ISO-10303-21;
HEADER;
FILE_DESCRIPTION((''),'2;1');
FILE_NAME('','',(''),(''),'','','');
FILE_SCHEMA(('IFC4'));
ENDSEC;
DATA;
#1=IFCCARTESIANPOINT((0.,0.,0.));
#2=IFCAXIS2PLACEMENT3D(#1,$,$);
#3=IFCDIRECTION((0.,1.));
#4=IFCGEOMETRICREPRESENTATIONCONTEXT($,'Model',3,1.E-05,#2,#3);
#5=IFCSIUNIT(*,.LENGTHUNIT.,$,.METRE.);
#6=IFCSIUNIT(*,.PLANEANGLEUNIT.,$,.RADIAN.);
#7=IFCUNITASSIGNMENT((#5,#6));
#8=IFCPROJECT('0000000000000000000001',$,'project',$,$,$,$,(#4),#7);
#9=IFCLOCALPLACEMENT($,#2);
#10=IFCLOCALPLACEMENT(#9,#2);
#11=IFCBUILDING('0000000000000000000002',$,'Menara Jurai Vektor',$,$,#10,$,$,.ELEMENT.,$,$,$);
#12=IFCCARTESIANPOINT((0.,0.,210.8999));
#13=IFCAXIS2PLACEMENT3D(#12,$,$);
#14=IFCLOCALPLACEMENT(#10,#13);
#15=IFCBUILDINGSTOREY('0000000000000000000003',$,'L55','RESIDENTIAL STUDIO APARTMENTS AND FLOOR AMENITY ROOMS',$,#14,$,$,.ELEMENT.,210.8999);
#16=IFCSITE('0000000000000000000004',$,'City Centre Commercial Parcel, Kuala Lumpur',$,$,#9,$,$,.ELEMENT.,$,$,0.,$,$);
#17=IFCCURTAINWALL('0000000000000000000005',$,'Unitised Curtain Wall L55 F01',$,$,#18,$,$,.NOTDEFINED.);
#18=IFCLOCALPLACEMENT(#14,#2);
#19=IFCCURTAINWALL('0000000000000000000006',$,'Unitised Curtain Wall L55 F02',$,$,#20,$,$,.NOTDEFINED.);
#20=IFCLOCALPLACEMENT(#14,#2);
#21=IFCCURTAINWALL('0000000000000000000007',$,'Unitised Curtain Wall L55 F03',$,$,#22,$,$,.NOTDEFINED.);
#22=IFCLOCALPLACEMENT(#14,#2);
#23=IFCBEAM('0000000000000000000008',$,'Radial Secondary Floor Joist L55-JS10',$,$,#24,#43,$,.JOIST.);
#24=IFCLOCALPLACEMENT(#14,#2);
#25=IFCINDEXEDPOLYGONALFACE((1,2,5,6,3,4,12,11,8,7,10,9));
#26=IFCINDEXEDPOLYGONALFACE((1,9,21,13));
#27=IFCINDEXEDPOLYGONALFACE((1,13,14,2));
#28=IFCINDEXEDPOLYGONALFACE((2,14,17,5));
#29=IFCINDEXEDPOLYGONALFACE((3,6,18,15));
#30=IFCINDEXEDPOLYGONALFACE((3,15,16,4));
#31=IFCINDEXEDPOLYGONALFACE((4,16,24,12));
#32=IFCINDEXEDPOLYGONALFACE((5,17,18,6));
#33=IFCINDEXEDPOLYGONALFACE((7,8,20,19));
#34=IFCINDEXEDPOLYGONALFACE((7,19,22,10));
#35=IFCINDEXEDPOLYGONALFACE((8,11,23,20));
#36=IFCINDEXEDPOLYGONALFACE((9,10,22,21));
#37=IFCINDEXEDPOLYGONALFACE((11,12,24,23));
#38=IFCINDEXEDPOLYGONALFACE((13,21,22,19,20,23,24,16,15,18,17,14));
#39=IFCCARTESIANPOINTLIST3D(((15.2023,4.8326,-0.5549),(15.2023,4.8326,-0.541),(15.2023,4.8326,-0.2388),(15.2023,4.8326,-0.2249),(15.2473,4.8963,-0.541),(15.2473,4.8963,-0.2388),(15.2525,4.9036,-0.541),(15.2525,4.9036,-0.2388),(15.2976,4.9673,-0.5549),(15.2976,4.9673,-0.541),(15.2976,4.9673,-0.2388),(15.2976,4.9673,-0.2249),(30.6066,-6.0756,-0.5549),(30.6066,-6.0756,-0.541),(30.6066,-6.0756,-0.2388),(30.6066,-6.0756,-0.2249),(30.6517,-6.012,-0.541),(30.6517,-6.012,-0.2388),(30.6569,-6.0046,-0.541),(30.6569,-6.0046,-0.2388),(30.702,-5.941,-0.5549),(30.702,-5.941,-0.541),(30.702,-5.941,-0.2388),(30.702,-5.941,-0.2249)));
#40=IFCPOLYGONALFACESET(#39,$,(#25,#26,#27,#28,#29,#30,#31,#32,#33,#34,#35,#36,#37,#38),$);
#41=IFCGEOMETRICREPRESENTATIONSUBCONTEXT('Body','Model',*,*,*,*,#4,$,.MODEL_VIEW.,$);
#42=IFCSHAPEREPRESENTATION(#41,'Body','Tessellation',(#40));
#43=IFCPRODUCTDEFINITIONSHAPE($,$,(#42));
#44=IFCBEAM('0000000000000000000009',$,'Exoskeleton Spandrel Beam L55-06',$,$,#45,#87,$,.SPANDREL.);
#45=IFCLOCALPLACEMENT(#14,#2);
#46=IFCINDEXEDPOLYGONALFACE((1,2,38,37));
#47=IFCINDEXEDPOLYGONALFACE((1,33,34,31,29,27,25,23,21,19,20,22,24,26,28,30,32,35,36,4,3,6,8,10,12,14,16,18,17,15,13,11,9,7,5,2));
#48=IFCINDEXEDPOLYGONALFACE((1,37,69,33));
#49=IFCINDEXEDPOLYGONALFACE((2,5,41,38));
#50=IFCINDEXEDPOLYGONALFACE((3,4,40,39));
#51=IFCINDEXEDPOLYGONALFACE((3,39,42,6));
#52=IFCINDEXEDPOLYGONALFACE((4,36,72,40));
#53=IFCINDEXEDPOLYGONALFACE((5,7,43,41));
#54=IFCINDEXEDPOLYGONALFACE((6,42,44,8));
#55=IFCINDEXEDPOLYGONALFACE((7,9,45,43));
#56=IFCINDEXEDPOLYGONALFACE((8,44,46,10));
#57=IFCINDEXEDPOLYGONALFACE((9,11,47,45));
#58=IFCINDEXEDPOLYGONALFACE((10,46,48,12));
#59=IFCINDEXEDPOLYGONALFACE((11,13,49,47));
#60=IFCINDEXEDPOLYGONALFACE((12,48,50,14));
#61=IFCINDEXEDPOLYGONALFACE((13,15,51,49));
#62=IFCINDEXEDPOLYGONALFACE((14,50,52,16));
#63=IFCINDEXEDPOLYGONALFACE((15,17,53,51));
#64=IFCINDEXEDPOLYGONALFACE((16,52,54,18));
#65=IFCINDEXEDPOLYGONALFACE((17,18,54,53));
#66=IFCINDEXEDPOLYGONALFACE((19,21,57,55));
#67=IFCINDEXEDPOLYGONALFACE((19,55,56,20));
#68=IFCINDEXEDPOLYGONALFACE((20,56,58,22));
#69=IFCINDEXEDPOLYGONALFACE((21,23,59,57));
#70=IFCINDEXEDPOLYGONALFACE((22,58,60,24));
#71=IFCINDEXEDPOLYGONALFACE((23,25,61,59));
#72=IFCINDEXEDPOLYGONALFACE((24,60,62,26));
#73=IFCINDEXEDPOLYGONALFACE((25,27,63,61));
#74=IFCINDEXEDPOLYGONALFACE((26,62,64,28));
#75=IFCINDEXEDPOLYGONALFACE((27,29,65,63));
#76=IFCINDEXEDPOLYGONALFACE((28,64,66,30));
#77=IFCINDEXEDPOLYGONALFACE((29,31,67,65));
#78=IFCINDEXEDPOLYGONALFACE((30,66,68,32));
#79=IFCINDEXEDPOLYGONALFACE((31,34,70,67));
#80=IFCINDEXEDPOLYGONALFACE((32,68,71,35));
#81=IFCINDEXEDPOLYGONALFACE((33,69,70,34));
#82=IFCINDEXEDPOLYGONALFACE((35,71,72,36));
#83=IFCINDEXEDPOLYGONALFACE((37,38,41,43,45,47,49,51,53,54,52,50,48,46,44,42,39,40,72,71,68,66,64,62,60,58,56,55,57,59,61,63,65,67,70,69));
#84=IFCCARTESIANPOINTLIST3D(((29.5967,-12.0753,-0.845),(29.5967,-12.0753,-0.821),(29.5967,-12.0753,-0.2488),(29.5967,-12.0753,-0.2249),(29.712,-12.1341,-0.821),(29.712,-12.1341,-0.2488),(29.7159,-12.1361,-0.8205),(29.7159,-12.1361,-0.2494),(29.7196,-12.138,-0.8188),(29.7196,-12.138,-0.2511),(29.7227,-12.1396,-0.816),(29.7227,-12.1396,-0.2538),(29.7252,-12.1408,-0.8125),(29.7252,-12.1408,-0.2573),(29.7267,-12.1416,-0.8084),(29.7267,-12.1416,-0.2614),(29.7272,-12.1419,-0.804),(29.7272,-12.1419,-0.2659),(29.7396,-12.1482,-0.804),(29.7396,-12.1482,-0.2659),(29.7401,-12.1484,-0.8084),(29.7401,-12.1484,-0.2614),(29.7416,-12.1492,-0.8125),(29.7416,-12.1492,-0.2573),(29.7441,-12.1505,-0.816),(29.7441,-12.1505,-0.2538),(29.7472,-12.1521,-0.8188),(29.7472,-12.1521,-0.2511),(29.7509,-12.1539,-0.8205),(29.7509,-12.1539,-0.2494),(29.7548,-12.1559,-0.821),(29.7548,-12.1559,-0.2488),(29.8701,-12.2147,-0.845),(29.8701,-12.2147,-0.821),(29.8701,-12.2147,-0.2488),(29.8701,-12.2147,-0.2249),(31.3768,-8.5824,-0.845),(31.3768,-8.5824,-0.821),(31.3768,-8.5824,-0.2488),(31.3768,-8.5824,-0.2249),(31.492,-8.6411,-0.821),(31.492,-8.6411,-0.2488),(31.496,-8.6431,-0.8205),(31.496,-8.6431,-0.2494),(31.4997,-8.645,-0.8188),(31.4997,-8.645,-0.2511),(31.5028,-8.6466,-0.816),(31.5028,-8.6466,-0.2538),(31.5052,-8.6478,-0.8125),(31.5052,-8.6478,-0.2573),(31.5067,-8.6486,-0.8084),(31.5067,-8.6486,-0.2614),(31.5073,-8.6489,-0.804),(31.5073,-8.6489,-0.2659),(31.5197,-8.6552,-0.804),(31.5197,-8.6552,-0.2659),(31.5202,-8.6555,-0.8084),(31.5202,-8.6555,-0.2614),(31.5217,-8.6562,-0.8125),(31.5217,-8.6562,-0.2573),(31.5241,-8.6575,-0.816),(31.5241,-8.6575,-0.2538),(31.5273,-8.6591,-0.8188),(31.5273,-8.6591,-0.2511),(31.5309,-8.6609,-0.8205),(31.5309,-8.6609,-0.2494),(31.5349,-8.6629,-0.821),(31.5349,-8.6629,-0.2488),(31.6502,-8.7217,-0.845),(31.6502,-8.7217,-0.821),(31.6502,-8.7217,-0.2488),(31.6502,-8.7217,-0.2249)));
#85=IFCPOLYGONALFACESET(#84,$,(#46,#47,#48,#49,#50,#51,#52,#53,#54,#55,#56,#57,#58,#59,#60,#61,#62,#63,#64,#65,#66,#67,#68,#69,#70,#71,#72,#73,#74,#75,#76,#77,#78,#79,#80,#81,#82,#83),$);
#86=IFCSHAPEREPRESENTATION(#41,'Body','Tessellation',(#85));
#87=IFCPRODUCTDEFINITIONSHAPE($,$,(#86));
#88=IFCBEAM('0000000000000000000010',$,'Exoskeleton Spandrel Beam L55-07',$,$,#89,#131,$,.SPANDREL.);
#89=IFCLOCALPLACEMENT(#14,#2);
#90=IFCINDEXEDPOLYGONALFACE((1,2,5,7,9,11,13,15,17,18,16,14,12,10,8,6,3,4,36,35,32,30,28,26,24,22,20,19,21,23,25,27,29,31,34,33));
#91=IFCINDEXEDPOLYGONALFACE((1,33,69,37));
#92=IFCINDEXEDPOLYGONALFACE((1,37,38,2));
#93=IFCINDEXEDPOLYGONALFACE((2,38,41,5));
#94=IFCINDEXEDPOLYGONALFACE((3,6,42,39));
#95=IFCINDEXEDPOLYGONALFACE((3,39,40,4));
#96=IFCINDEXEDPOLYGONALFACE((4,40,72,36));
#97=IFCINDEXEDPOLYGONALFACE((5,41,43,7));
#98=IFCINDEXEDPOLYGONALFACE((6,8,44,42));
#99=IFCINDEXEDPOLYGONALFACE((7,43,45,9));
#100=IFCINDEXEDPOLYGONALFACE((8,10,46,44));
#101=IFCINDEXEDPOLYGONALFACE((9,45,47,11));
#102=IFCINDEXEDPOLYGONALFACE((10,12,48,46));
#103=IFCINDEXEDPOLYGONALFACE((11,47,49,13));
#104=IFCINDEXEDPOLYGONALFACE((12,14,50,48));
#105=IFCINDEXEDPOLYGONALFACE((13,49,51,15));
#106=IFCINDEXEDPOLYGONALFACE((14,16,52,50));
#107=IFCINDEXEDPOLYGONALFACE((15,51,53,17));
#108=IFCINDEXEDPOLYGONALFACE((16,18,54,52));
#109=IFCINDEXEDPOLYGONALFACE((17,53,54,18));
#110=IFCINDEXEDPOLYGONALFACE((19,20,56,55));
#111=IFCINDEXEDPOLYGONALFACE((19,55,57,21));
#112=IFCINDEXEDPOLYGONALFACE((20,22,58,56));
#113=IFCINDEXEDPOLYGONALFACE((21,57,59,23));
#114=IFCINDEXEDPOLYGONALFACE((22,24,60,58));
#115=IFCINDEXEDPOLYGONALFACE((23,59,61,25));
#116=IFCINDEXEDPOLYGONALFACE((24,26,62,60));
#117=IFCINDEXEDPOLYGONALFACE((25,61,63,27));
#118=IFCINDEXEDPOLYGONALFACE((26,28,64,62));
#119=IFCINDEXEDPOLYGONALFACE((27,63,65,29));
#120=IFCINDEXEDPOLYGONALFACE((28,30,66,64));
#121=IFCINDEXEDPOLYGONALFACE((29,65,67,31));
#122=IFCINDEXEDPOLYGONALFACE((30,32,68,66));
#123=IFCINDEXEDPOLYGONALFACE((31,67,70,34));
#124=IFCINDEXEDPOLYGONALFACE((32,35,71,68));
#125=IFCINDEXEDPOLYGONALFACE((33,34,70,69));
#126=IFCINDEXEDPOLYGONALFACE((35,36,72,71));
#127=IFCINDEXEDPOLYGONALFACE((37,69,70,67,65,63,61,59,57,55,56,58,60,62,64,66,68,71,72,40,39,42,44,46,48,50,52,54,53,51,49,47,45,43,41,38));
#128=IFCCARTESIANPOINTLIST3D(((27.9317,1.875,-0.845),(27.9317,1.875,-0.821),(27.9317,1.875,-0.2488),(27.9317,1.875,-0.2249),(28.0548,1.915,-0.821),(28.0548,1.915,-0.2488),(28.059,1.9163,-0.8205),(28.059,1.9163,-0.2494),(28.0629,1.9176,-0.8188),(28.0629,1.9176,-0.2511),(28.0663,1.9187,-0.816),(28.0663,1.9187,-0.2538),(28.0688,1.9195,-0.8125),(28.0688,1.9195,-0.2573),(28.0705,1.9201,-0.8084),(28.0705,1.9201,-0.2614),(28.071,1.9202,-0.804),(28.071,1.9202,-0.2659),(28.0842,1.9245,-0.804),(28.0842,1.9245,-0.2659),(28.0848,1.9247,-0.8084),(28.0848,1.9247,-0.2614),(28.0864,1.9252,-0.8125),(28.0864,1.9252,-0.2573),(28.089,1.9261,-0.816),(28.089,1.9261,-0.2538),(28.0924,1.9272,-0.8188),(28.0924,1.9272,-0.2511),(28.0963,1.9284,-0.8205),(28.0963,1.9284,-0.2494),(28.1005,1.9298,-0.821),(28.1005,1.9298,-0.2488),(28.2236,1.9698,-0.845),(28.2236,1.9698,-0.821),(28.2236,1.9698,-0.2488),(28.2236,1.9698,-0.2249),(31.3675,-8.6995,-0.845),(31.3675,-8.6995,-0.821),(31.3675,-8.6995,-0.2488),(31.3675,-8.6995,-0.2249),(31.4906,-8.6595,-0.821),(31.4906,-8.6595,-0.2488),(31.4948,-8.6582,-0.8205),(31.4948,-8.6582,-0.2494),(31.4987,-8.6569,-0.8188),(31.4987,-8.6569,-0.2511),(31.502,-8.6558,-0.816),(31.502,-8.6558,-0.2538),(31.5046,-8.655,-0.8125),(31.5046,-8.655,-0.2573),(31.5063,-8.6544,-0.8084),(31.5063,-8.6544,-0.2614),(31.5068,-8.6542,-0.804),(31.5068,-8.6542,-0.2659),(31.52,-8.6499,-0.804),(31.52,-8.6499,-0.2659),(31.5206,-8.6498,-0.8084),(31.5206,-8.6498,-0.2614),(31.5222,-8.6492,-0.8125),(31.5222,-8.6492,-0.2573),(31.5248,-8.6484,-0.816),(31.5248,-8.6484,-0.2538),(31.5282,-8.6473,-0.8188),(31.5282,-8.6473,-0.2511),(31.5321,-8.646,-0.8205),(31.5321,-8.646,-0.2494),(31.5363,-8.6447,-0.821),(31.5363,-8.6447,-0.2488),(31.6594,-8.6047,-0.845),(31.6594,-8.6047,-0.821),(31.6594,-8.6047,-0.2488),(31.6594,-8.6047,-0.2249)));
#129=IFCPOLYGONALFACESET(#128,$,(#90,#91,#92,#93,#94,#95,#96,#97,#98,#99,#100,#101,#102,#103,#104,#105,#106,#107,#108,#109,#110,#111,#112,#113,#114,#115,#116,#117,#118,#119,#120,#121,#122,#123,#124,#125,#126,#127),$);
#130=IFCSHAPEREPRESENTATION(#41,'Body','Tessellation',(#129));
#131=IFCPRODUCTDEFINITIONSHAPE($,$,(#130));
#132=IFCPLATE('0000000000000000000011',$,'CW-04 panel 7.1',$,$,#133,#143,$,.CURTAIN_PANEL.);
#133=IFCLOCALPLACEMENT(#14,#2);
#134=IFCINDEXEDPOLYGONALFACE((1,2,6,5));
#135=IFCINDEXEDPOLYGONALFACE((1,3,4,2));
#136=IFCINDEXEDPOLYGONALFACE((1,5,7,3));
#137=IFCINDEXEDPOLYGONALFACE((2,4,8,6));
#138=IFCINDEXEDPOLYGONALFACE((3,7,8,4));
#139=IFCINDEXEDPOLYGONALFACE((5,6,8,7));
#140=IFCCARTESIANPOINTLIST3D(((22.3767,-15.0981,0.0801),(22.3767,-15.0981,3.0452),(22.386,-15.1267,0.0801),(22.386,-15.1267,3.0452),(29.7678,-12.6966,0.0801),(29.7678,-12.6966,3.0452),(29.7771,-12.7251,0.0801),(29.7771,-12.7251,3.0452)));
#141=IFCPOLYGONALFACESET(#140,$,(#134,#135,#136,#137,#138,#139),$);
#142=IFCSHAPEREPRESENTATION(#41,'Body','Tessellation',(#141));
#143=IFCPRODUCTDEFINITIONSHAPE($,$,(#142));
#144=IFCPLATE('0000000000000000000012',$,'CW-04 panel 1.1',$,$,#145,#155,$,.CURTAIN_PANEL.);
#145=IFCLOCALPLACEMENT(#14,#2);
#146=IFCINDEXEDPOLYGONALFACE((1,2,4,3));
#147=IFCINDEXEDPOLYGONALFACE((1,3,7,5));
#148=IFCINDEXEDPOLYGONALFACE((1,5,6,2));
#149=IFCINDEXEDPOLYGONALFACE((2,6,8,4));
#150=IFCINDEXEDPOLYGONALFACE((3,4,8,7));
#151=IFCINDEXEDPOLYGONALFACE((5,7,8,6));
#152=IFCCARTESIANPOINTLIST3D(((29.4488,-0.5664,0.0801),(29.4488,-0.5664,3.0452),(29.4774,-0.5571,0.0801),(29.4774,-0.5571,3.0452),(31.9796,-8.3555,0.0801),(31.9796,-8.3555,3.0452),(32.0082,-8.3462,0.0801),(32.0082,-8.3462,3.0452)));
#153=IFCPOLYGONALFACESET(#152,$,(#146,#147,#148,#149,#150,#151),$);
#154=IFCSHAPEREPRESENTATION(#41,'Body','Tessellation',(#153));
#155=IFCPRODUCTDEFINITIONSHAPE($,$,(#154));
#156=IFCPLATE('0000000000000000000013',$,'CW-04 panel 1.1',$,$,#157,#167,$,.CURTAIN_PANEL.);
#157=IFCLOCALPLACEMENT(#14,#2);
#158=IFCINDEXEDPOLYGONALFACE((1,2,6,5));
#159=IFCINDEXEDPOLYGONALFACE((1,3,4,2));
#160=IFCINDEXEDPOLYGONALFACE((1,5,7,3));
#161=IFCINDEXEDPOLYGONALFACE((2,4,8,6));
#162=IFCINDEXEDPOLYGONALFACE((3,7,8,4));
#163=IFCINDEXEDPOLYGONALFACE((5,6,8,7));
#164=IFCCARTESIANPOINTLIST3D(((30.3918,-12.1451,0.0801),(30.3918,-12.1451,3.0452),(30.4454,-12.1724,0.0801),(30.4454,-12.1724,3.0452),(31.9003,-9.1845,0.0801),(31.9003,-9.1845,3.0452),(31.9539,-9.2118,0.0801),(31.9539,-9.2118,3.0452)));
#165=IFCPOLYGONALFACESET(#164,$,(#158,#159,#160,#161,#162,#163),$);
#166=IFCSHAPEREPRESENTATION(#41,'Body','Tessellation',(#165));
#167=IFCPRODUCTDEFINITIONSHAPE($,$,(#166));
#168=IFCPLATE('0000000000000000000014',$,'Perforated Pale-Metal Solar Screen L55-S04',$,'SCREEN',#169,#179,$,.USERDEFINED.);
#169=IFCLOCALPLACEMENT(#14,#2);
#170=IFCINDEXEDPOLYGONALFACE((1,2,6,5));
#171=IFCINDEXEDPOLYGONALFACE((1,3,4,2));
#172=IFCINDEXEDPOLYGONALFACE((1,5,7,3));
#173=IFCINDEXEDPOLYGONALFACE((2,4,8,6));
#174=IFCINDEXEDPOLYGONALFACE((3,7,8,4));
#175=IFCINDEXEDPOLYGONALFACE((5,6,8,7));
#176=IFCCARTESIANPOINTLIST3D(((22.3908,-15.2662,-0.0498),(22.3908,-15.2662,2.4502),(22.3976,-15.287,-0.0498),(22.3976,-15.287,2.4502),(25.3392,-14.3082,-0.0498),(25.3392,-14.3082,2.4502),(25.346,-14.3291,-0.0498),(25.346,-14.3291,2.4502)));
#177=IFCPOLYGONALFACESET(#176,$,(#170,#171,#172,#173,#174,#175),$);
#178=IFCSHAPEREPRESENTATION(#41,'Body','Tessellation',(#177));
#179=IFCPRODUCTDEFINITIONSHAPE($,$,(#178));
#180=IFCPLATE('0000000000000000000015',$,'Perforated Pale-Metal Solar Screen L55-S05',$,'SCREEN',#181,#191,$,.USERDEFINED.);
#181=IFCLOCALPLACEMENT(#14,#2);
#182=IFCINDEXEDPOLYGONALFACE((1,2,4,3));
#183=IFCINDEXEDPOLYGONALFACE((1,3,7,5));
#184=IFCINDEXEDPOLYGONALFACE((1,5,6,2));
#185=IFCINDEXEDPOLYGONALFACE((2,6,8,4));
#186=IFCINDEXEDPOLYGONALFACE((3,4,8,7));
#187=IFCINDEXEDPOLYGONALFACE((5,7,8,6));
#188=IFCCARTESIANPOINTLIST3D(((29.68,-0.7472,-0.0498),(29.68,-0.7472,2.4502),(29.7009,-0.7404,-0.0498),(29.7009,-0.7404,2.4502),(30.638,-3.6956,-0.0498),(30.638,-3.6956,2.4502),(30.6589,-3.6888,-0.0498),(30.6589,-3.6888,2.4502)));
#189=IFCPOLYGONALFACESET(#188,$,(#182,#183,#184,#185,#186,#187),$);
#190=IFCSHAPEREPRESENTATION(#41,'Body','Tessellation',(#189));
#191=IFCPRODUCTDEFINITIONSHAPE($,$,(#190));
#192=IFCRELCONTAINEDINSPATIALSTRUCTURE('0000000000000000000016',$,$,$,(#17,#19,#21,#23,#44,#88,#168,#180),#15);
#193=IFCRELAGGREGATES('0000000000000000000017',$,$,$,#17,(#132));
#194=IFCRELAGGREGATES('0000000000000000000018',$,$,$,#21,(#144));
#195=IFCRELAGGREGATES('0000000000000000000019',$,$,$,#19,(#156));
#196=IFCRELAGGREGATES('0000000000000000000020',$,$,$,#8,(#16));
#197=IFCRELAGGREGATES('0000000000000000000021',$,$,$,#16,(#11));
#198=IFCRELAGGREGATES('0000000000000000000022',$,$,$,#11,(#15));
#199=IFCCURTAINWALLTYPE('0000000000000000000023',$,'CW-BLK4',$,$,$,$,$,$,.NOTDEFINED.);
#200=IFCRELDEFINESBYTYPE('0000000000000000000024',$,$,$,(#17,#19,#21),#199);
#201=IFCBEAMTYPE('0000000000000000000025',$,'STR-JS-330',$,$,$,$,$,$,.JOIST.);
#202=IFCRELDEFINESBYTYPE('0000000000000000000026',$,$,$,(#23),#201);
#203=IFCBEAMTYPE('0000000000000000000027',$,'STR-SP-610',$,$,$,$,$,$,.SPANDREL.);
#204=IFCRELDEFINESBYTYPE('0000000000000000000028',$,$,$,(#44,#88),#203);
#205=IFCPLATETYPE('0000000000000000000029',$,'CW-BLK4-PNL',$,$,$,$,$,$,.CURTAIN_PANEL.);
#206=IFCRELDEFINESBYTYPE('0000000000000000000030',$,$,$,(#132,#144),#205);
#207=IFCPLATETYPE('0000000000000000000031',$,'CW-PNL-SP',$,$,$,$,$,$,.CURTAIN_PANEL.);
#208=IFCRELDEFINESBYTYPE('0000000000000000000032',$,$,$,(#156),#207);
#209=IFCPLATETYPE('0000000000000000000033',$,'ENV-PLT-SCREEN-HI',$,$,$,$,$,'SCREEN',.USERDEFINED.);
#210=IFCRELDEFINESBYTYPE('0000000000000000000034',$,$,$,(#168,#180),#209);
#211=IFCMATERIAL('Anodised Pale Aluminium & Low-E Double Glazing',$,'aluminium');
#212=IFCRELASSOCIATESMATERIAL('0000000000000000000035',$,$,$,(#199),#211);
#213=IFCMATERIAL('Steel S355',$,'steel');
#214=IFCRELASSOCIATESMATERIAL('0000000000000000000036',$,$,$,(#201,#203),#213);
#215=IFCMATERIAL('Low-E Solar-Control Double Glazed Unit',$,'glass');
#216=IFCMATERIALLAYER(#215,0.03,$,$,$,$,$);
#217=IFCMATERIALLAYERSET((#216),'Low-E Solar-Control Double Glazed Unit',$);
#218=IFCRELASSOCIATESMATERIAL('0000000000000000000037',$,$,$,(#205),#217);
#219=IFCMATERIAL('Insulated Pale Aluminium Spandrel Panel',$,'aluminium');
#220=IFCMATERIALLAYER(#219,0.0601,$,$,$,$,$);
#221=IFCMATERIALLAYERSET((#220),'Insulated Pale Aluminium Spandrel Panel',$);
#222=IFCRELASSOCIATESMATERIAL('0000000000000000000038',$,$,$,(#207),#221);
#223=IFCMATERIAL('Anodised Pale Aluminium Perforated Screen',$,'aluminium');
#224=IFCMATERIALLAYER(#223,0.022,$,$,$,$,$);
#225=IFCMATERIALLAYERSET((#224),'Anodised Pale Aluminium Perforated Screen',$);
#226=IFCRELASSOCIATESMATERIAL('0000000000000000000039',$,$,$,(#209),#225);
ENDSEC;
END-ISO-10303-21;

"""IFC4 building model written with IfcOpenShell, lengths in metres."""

from ifc_helpers import new_model, si_unit, direction, frame, origin, origin_2d, place, context, subcontext, project, spatial, rectangle, i_section, extrude, material, layer, layer_set, material_profile, profile_set, type_object, element, aggregate, save


model = new_model("IFC4")

# Units and contexts
model_context = context("Model", 3, precision=1e-05, world=origin(), true_north=direction((0.0, 1.0)))
body_context = subcontext(model_context, "Body", "Model", "MODEL_VIEW")
ifc_project = project(units=[si_unit("LENGTHUNIT", "METRE"), si_unit("PLANEANGLEUNIT", "RADIAN")], contexts=[model_context])

# Site, building, storey
site_placement = place(None, origin())
site = spatial("IfcSite", under=ifc_project, at=site_placement, Name="City Centre Commercial Parcel, Kuala Lumpur", CompositionType="ELEMENT", RefElevation=0.0)
building_placement = place(site_placement, origin())
building = spatial("IfcBuilding", under=site, at=building_placement, Name="Menara Jurai Vektor", CompositionType="ELEMENT")
storey_placement = place(building_placement, frame((0.0, 0.0, 210.8999)))
storey = spatial("IfcBuildingStorey", under=building, at=storey_placement, Name="L55", Description="RESIDENTIAL STUDIO APARTMENTS AND FLOOR AMENITY ROOMS", CompositionType="ELEMENT", Elevation=210.8999)

# Curtain wall
ifc_material_1 = material(Name="Anodised Pale Aluminium & Low-E Double Glazing", Category="aluminium")
curtain_wall_type = type_object("IfcCurtainWallType", Name="CW-BLK4", PredefinedType="NOTDEFINED", material=ifc_material_1)
curtain_wall_1_placement = place(storey_placement, origin())
curtain_wall_1 = element("IfcCurtainWall", 1, at=curtain_wall_1_placement, inside=storey, type_object=curtain_wall_type, Name="Unitised Curtain Wall L55 F01", PredefinedType="NOTDEFINED")

# Curtain walls
curtain_wall_2_placement = place(storey_placement, origin())
curtain_wall_2 = element("IfcCurtainWall", 2, at=curtain_wall_2_placement, inside=storey, type_object=curtain_wall_type, Name="Unitised Curtain Wall L55 F02", PredefinedType="NOTDEFINED")
curtain_wall_3_placement = place(storey_placement, origin())
curtain_wall_3 = element("IfcCurtainWall", 3, at=curtain_wall_3_placement, inside=storey, type_object=curtain_wall_type, Name="Unitised Curtain Wall L55 F03", PredefinedType="NOTDEFINED")

# Shared definitions
ifc_material_2 = material(Name="Steel S355", Category="steel")

# Beams
ifc_material_profile_1 = material_profile(ifc_material_2, i_section(OverallWidth=0.165, OverallDepth=0.3301, WebThickness=0.009, FlangeThickness=0.0139, at=origin_2d()), Name="PG 330x165x46")
ifc_profile_set_1 = profile_set([ifc_material_profile_1], Name="Steel S355")
beam_type_1 = type_object("IfcBeamType", Name="STR-JS-330", PredefinedType="JOIST", material=ifc_profile_set_1)
beam_1_placement = place(storey_placement, frame((30.6543, -6.0083, -0.3899), z_axis=(-0.816104, 0.577905, 0.0), x_axis=(-0.577905, -0.816104, 0.0)))
element("IfcBeam", 4, at=beam_1_placement, inside=storey, type_object=beam_type_1, Name="Radial Secondary Floor Joist L55-JS10", PredefinedType="JOIST", context=body_context, shape_type="SweptSolid", body=[
    extrude(i_section(OverallWidth=0.165, OverallDepth=0.3301, WebThickness=0.009, FlangeThickness=0.0139, at=origin_2d()), origin(), (0.0, 0.0, 1.0), 18.8755),
])
ifc_material_profile_2 = material_profile(ifc_material_2, i_section(OverallWidth=0.3069, OverallDepth=0.6201, WebThickness=0.0139, FlangeThickness=0.0239, FilletRadius=0.0171, at=origin_2d()), Name="UKB 610x305x179")
ifc_profile_set_2 = profile_set([ifc_material_profile_2], Name="Steel S355")
beam_type_2 = type_object("IfcBeamType", Name="STR-SP-610", PredefinedType="SPANDREL", material=ifc_profile_set_2)
beam_2_placement = place(storey_placement, frame((29.7334, -12.145, -0.5349), z_axis=(0.454051, 0.890976, 0.0), x_axis=(-0.890976, 0.454051, 0.0)))
element("IfcBeam", 5, at=beam_2_placement, inside=storey, type_object=beam_type_2, Name="Exoskeleton Spandrel Beam L55-06", PredefinedType="SPANDREL", context=body_context, shape_type="SweptSolid", body=[
    extrude(i_section(OverallWidth=0.3069, OverallDepth=0.6201, WebThickness=0.0139, FlangeThickness=0.0239, FilletRadius=0.0171, at=origin_2d()), origin(), (0.0, 0.0, 1.0), 3.9204),
])
beam_3_placement = place(storey_placement, frame((31.5134, -8.6521, -0.5349), z_axis=(-0.309012, 0.951058, 0.0), x_axis=(-0.951058, -0.309012, 0.0)))
element("IfcBeam", 6, at=beam_3_placement, inside=storey, type_object=beam_type_2, Name="Exoskeleton Spandrel Beam L55-07", PredefinedType="SPANDREL", context=body_context, shape_type="SweptSolid", body=[
    extrude(i_section(OverallWidth=0.3069, OverallDepth=0.6201, WebThickness=0.0139, FlangeThickness=0.0239, FilletRadius=0.0171, at=origin_2d()), origin(), (0.0, 0.0, 1.0), 11.1187),
])

# Plates
ifc_material_3 = material(Name="Low-E Solar-Control Double Glazed Unit", Category="glass")
ifc_layer_1 = layer(ifc_material_3, 0.03)
ifc_layer_set_1 = layer_set([ifc_layer_1], Name="Low-E Solar-Control Double Glazed Unit")
plate_type_1 = type_object("IfcPlateType", Name="CW-BLK4-PNL", PredefinedType="CURTAIN_PANEL", material=ifc_layer_set_1)
plate_1_placement = place(storey_placement, frame((26.0769, -13.9116, 0.0801), z_axis=(0.0, 0.0, 1.0), x_axis=(0.951056, 0.309017, 0.0)))
plate_1 = element("IfcPlate", 7, at=plate_1_placement, type_object=plate_type_1, Name="CW-04 panel 7.1", PredefinedType="CURTAIN_PANEL", context=body_context, shape_type="SweptSolid", body=[
    extrude(rectangle(XDim=7.7715, YDim=0.03, at=origin_2d()), origin(), (0.0, 0.0, 1.0), 2.9651),
])
aggregate(curtain_wall_1, [plate_1])
plate_2_placement = place(storey_placement, frame((30.7285, -4.4563, 0.0801), z_axis=(0.0, 0.0, 1.0), x_axis=(-0.309016, 0.951057, 0.0)))
plate_2 = element("IfcPlate", 8, at=plate_2_placement, type_object=plate_type_1, Name="CW-04 panel 1.1", PredefinedType="CURTAIN_PANEL", context=body_context, shape_type="SweptSolid", body=[
    extrude(rectangle(XDim=8.1899, YDim=0.03, at=origin_2d()), origin(), (0.0, 0.0, 1.0), 2.9651),
])
aggregate(curtain_wall_3, [plate_2])
ifc_material_4 = material(Name="Insulated Pale Aluminium Spandrel Panel", Category="aluminium")
ifc_layer_2 = layer(ifc_material_4, 0.0601)
ifc_layer_set_2 = layer_set([ifc_layer_2], Name="Insulated Pale Aluminium Spandrel Panel")
plate_type_2 = type_object("IfcPlateType", Name="CW-PNL-SP", PredefinedType="CURTAIN_PANEL", material=ifc_layer_set_2)
plate_3_placement = place(storey_placement, frame((31.1729, -10.6785, 0.0801), z_axis=(0.0, 0.0, 1.0), x_axis=(0.453989, 0.891008, 0.0)))
plate_3 = element("IfcPlate", 9, at=plate_3_placement, type_object=plate_type_2, Name="CW-04 panel 1.1", PredefinedType="CURTAIN_PANEL", context=body_context, shape_type="SweptSolid", body=[
    extrude(rectangle(XDim=3.3228, YDim=0.0601, at=origin_2d()), origin(), (0.0, 0.0, 1.0), 2.9651),
])
aggregate(curtain_wall_2, [plate_3])

# Plates
ifc_material_5 = material(Name="Anodised Pale Aluminium Perforated Screen", Category="aluminium")
ifc_layer_3 = layer(ifc_material_5, 0.022)
ifc_layer_set_3 = layer_set([ifc_layer_3], Name="Anodised Pale Aluminium Perforated Screen")
plate_type_3 = type_object("IfcPlateType", Name="ENV-PLT-SCREEN-HI", ElementType="SCREEN", PredefinedType="USERDEFINED", material=ifc_layer_set_3)
for number, where, z_axis, x_axis, name in (
    (10, (23.8684, -14.7976, -0.0498), (0.0, 0.0, 1.0), (0.951057, 0.309017, 0.0), "Perforated Pale-Metal Solar Screen L55-S04"),
    (11, (30.1694, -2.218, -0.0498), (0.0, 0.0, 1.0), (-0.309017, 0.951057, 0.0), "Perforated Pale-Metal Solar Screen L55-S05"),
):
    element("IfcPlate", number, at=place(storey_placement, frame(where, z_axis=z_axis, x_axis=x_axis)), inside=storey, type_object=plate_type_3, Name=name, ObjectType="SCREEN", PredefinedType="USERDEFINED", context=body_context, shape_type="SweptSolid", body=[
        extrude(rectangle(XDim=3.1001, YDim=0.022, at=origin_2d()), origin(), (0.0, 0.0, 1.0), 2.5),
    ])

save(model, "model.ifc")
